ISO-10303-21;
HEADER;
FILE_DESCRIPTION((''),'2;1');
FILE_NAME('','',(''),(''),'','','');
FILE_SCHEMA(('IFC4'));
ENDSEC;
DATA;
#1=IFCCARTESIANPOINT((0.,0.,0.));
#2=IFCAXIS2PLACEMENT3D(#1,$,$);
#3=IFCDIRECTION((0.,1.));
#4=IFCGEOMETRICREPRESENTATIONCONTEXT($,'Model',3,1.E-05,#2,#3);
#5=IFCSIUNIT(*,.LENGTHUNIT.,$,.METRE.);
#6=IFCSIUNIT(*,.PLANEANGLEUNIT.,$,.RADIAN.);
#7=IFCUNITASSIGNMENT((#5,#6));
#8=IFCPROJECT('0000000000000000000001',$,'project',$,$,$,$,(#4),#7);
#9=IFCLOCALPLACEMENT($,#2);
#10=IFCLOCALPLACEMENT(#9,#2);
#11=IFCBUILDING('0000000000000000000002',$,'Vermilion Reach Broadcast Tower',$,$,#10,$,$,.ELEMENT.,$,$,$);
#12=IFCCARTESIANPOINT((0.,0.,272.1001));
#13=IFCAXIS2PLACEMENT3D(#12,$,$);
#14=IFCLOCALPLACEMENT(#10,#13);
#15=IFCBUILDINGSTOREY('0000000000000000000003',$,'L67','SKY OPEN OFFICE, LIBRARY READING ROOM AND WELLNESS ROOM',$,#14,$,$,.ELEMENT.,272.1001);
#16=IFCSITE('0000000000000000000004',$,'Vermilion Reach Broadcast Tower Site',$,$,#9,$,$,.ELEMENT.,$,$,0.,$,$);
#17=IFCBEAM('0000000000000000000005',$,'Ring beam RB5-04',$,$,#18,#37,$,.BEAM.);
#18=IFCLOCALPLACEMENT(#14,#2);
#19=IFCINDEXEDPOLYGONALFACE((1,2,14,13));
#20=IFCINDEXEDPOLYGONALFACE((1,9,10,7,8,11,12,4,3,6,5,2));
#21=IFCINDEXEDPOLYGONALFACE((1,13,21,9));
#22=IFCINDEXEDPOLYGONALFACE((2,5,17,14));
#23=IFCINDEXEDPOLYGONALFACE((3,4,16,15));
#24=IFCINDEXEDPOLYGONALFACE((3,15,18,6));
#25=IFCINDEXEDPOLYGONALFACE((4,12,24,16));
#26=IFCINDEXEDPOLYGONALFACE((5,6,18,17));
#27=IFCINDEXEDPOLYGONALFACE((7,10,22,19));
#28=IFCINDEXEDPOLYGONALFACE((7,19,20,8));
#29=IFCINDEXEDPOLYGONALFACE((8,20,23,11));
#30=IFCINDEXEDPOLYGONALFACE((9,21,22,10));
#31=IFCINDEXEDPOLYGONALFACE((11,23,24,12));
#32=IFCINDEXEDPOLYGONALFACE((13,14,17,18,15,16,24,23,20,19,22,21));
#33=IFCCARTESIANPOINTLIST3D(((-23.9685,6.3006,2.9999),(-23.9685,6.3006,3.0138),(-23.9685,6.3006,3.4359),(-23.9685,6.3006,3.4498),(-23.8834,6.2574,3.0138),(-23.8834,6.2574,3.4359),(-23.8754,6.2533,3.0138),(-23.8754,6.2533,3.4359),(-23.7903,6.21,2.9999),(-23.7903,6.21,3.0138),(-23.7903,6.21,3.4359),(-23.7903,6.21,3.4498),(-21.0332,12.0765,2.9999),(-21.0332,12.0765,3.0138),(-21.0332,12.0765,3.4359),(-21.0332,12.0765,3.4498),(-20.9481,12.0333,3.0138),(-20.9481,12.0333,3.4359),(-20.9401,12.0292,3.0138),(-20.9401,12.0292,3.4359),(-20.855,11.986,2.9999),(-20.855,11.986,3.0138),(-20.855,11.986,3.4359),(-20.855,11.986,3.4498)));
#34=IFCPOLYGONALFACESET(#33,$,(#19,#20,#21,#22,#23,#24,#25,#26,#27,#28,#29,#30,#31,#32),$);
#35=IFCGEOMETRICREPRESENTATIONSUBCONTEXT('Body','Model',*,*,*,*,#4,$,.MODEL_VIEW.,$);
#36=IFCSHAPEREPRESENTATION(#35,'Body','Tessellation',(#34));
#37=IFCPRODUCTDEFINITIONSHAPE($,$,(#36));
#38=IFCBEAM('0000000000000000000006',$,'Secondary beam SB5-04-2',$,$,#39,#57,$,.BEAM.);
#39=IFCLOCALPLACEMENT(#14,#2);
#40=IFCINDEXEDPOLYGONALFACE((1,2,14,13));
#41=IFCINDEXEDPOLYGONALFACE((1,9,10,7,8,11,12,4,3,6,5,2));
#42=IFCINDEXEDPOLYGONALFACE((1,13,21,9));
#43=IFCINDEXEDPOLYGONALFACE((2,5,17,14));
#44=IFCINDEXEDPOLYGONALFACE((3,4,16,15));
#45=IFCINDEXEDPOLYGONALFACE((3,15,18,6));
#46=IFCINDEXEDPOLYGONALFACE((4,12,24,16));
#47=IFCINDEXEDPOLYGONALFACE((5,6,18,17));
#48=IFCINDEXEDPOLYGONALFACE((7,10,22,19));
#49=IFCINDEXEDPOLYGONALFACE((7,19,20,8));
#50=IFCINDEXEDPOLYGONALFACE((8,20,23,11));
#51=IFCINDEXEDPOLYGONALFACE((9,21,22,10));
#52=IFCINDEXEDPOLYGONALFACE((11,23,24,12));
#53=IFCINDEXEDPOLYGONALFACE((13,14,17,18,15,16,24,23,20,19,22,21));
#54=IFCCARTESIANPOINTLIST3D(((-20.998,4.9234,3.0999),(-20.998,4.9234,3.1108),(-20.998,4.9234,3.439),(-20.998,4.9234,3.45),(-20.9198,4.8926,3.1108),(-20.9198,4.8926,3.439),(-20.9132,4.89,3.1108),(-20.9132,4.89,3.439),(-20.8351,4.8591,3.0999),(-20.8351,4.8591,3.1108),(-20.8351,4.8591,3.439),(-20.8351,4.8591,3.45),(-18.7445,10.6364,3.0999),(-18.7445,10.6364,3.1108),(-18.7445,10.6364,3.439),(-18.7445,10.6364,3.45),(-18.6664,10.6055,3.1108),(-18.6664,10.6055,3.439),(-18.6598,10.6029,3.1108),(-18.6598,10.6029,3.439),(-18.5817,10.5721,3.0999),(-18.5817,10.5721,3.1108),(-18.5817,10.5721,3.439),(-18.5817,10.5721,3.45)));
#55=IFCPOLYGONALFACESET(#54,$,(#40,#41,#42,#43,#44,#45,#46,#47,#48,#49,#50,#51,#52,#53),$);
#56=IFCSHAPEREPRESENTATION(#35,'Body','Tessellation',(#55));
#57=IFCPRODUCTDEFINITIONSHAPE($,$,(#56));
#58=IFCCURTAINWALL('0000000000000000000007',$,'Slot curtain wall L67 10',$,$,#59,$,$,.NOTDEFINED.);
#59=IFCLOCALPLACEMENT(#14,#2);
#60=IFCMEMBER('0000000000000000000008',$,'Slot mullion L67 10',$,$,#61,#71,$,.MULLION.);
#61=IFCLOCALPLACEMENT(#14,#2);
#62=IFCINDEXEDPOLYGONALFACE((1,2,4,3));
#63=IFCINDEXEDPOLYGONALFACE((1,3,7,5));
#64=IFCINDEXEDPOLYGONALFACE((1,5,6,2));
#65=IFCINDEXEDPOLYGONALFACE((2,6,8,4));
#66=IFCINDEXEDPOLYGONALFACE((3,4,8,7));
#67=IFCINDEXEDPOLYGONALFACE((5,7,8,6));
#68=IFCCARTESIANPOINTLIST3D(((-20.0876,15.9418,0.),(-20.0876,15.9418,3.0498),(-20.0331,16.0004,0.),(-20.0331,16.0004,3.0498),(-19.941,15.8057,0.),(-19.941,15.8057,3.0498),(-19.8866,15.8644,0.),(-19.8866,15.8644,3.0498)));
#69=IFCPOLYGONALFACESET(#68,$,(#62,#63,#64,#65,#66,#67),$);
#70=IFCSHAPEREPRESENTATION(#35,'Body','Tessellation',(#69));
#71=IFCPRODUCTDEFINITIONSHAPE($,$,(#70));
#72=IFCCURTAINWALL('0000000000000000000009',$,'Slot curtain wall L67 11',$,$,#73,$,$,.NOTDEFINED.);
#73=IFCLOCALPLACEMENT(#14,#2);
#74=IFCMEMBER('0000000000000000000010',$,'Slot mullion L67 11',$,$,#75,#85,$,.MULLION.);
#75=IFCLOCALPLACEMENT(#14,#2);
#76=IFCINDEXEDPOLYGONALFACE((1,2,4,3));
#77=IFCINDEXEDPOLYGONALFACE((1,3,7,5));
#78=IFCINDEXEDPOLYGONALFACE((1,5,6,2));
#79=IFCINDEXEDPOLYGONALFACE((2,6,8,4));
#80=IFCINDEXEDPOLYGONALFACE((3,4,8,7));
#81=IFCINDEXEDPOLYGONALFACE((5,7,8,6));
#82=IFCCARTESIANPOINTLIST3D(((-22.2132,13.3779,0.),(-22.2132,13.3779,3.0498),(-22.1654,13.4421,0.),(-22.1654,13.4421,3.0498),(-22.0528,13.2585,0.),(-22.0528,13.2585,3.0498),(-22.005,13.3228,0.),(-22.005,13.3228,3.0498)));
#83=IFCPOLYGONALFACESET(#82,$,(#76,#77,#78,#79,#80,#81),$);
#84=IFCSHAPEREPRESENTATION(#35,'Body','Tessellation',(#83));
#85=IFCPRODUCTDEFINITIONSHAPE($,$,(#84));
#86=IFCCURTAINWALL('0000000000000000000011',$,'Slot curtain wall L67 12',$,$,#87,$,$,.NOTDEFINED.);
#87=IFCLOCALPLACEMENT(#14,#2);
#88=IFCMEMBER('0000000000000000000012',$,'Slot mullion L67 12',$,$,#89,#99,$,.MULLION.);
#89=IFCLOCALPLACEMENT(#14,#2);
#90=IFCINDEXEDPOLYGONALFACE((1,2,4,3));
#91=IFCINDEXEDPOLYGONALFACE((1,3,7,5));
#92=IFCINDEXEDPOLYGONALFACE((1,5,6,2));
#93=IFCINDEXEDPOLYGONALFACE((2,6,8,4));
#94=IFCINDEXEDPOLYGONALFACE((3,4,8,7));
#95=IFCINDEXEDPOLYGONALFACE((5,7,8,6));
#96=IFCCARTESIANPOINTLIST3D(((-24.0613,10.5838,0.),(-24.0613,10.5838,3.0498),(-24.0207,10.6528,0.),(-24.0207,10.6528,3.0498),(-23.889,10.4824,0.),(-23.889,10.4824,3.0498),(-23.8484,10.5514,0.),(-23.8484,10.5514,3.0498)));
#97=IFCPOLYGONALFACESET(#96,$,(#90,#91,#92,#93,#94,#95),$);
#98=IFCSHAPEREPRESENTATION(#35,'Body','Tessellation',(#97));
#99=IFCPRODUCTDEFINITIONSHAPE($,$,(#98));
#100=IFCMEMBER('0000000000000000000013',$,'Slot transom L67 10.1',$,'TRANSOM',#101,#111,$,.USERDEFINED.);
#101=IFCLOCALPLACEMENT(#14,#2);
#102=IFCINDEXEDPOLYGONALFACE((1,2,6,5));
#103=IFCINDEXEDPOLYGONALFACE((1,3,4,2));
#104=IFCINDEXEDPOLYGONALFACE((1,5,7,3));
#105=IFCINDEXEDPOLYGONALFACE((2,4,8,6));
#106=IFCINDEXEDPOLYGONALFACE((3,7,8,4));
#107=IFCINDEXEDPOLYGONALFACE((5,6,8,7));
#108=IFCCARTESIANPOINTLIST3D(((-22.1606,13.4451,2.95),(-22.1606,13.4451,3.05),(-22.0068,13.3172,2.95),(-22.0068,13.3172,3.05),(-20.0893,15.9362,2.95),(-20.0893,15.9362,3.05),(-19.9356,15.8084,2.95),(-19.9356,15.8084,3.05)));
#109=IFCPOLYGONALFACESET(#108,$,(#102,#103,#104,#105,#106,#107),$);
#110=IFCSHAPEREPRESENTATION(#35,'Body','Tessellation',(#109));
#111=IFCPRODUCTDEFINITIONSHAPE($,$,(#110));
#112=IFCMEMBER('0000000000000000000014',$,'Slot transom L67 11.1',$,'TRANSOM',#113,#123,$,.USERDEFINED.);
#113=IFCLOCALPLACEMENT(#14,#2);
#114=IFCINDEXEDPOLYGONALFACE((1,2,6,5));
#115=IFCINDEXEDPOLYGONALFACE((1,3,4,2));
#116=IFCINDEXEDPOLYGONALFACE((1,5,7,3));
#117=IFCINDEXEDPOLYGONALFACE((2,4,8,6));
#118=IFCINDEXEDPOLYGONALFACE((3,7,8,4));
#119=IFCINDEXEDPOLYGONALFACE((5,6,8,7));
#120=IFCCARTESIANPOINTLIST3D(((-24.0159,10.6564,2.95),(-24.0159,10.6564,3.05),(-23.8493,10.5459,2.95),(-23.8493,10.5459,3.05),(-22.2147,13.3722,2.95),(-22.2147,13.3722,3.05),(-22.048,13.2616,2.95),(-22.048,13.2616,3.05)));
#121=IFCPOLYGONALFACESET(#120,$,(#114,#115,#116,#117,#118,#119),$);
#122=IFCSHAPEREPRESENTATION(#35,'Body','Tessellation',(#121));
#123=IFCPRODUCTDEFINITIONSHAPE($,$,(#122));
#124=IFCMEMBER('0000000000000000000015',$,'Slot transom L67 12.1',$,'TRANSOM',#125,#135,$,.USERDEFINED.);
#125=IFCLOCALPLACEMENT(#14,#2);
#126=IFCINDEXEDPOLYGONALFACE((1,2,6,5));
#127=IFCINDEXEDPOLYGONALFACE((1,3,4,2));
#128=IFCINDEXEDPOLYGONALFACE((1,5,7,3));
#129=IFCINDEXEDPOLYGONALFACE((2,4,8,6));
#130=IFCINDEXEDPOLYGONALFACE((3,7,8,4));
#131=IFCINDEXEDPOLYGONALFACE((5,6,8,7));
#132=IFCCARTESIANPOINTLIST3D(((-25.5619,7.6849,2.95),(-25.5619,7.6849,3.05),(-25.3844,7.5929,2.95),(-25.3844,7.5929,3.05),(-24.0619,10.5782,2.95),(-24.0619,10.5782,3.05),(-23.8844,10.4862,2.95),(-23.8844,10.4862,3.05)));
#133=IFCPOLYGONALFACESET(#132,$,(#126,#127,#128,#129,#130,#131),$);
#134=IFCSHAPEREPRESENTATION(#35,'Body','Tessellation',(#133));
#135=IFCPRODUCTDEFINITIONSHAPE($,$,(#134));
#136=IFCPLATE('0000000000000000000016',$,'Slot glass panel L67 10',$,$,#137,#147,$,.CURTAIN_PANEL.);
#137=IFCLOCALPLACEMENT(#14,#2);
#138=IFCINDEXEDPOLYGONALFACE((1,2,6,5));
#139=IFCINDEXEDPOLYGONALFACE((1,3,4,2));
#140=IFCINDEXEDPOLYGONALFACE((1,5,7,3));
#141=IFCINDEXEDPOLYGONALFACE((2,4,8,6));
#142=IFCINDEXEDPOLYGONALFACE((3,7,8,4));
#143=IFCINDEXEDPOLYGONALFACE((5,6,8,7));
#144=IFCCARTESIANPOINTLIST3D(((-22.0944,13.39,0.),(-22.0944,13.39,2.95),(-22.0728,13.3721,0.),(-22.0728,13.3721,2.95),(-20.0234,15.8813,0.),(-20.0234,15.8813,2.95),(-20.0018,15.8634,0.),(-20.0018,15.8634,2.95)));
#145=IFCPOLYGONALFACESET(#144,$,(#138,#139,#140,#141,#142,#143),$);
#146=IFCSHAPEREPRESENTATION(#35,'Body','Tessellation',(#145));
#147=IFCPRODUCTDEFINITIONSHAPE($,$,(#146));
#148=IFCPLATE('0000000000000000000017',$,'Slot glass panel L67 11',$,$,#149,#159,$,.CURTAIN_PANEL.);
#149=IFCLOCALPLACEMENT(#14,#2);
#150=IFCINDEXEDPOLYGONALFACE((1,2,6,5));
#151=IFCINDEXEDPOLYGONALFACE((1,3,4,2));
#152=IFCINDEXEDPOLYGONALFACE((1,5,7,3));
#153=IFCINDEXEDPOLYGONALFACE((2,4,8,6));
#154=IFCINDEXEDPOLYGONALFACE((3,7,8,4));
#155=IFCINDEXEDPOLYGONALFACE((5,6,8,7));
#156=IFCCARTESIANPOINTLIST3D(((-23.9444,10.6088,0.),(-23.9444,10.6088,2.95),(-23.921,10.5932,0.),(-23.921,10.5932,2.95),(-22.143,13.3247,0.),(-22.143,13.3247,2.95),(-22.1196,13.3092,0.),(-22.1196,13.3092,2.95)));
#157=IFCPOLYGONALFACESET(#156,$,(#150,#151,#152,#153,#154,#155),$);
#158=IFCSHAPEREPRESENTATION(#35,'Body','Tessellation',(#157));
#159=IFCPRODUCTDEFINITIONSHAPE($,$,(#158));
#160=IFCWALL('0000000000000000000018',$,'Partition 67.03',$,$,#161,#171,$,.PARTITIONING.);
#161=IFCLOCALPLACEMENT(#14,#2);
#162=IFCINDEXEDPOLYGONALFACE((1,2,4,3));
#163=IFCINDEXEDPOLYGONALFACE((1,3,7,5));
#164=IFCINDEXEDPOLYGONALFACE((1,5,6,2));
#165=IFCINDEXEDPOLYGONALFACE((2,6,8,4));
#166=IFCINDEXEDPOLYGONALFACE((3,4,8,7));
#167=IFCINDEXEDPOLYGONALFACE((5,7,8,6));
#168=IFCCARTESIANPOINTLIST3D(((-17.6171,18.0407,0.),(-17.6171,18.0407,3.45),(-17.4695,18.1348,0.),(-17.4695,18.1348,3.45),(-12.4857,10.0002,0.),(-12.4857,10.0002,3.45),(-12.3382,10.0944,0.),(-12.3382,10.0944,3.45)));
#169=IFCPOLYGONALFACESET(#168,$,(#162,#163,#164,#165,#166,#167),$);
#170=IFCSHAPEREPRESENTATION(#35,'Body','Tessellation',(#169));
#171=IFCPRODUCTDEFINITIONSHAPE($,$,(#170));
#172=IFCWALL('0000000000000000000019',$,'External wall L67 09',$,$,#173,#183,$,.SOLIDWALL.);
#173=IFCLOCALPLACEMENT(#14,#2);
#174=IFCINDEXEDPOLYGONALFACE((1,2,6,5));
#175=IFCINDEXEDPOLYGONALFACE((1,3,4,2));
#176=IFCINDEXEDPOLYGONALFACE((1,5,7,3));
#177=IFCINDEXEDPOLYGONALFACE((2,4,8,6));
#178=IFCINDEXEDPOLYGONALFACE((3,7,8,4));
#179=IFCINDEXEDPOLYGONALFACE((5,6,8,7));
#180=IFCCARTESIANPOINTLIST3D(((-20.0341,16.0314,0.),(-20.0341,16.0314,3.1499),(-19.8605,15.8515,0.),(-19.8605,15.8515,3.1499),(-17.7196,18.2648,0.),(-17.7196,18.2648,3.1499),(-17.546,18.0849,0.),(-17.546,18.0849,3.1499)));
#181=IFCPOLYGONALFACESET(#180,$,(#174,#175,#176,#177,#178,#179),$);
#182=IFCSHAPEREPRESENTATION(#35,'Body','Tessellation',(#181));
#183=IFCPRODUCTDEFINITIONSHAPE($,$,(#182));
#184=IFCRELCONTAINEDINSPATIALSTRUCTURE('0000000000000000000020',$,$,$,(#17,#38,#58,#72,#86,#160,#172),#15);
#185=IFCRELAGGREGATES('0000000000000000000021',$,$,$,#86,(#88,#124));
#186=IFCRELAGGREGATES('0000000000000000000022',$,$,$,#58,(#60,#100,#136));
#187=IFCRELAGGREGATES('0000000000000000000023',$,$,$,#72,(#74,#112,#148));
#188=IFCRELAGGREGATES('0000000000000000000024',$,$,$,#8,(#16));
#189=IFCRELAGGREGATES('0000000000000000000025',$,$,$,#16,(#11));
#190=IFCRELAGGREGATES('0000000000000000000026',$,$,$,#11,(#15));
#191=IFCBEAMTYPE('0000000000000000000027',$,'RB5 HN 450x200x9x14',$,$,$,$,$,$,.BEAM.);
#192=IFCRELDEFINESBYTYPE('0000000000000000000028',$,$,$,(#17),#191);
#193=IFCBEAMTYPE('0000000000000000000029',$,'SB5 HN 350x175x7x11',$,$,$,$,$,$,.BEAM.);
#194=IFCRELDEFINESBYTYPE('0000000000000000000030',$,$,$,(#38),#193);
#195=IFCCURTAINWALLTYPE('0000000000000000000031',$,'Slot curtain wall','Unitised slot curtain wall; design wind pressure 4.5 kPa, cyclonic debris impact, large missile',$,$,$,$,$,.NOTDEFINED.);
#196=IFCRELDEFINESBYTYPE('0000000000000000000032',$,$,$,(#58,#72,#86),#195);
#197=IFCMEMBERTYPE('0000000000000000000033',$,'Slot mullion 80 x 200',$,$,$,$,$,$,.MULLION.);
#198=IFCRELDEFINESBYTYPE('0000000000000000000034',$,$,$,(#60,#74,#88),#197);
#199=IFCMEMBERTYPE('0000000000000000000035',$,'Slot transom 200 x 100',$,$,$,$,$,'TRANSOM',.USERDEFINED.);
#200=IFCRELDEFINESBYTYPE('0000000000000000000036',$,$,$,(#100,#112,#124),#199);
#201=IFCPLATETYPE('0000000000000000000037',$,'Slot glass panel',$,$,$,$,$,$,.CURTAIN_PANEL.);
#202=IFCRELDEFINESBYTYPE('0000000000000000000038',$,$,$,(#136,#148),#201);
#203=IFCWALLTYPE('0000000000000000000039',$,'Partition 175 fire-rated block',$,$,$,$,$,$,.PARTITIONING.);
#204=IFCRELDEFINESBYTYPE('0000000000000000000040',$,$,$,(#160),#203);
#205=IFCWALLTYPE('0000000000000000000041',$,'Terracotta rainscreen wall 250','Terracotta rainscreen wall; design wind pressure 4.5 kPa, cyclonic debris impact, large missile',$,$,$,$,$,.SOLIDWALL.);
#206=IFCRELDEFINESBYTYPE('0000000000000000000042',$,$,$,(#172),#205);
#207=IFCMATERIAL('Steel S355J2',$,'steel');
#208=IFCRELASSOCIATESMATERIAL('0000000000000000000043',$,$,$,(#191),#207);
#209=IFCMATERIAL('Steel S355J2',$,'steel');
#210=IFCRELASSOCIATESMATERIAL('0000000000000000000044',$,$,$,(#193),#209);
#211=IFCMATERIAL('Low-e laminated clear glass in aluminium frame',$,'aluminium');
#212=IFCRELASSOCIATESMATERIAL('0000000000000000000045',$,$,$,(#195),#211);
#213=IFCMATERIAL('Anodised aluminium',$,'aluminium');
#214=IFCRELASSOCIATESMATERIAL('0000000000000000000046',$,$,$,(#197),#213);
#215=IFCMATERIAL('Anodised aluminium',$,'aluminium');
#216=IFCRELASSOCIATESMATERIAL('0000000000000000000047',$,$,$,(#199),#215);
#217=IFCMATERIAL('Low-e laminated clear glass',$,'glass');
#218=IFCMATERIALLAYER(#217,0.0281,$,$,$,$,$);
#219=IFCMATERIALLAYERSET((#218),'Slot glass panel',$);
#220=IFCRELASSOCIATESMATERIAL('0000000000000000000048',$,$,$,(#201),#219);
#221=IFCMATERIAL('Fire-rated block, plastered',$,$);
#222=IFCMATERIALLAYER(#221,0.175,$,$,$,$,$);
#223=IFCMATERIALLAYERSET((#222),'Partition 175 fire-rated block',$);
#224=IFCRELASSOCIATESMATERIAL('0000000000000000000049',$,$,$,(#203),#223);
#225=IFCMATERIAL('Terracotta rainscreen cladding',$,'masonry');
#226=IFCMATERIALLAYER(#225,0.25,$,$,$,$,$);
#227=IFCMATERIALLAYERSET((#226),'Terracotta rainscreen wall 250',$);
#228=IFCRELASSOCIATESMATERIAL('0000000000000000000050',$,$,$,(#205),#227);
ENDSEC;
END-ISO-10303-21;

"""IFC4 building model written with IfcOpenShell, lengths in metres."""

from ifc_helpers import new_model, si_unit, direction, frame, frame_2d, origin, origin_2d, place, context, subcontext, project, spatial, rectangle, i_section, extrude, material, layer, layer_set, material_profile, profile_set, type_object, element, aggregate, save


model = new_model("IFC4")

# Units and contexts
model_context = context("Model", 3, precision=1e-05, world=origin(), true_north=direction((0.0, 1.0)))
body_context = subcontext(model_context, "Body", "Model", "MODEL_VIEW")
ifc_project = project(units=[si_unit("LENGTHUNIT", "METRE"), si_unit("PLANEANGLEUNIT", "RADIAN")], contexts=[model_context])

# Site, building, storey
site_placement = place(None, origin())
site = spatial("IfcSite", under=ifc_project, at=site_placement, Name="Vermilion Reach Broadcast Tower Site", CompositionType="ELEMENT", RefElevation=0.0)
building_placement = place(site_placement, origin())
building = spatial("IfcBuilding", under=site, at=building_placement, Name="Vermilion Reach Broadcast Tower", CompositionType="ELEMENT")
storey_placement = place(building_placement, frame((0.0, 0.0, 272.1001)))
storey = spatial("IfcBuildingStorey", under=building, at=storey_placement, Name="L67", Description="SKY OPEN OFFICE, LIBRARY READING ROOM AND WELLNESS ROOM", CompositionType="ELEMENT", Elevation=272.1001)

# Beams
ifc_material_1 = material(Name="Steel S355J2", Category="steel")
ifc_material_profile_1 = material_profile(ifc_material_1, i_section(OverallWidth=0.2, OverallDepth=0.45, WebThickness=0.009, FlangeThickness=0.0139, at=origin_2d()), Name="S355J2 HN 450x200x9x14")
ifc_profile_set_1 = profile_set([ifc_material_profile_1], Name="Steel S355J2")
beam_type_1 = type_object("IfcBeamType", Name="RB5 HN 450x200x9x14", PredefinedType="BEAM", material=ifc_profile_set_1)
beam_1_placement = place(storey_placement, frame((-20.9441, 12.0312, 3.2249), z_axis=(-0.453052, -0.891484, 0.0), x_axis=(0.891484, -0.453052, 0.0)))
element("IfcBeam", 1, at=beam_1_placement, inside=storey, type_object=beam_type_1, Name="Ring beam RB5-04", PredefinedType="BEAM", context=body_context, shape_type="SweptSolid", body=[
    extrude(i_section(OverallWidth=0.2, OverallDepth=0.45, WebThickness=0.009, FlangeThickness=0.0139, at=origin_2d()), origin(), (0.0, 0.0, 1.0), 6.479),
])
ifc_material_2 = material(Name="Steel S355J2", Category="steel")
ifc_material_profile_2 = material_profile(ifc_material_2, i_section(OverallWidth=0.175, OverallDepth=0.3501, WebThickness=0.0071, FlangeThickness=0.011, at=origin_2d()), Name="S355J2 HN 350x175x7x11")
ifc_profile_set_2 = profile_set([ifc_material_profile_2], Name="Steel S355J2")
beam_type_2 = type_object("IfcBeamType", Name="SB5 HN 350x175x7x11", PredefinedType="BEAM", material=ifc_profile_set_2)
beam_2_placement = place(storey_placement, frame((-18.6631, 10.6042, 3.2749), z_axis=(-0.366931, -0.930248, 0.0), x_axis=(0.930248, -0.366931, 0.0)))
element("IfcBeam", 2, at=beam_2_placement, inside=storey, type_object=beam_type_2, Name="Secondary beam SB5-04-2", PredefinedType="BEAM", context=body_context, shape_type="SweptSolid", body=[
    extrude(i_section(OverallWidth=0.175, OverallDepth=0.3501, WebThickness=0.0071, FlangeThickness=0.011, at=origin_2d()), origin(), (0.0, 0.0, 1.0), 6.1414),
])

# Curtain walls, members
ifc_material_3 = material(Name="Low-e laminated clear glass in aluminium frame", Category="aluminium")
curtain_wall_type = type_object("IfcCurtainWallType", Name="Slot curtain wall", Description="Unitised slot curtain wall; design wind pressure 4.5 kPa, cyclonic debris impact, large missile", PredefinedType="NOTDEFINED", material=ifc_material_3)
placement = place(storey_placement, origin())
curtain_wall_1 = element("IfcCurtainWall", 3, at=placement, inside=storey, type_object=curtain_wall_type, Name="Slot curtain wall L67 10", PredefinedType="NOTDEFINED")
ifc_material_4 = material(Name="Anodised aluminium", Category="aluminium")
ifc_material_profile_3 = material_profile(ifc_material_4, rectangle(XDim=0.2, YDim=0.0801, at=origin_2d()), Name="Slot mullion 80 x 200")
ifc_profile_set_3 = profile_set([ifc_material_profile_3], Name="Anodised aluminium")
member_type_1 = type_object("IfcMemberType", Name="Slot mullion 80 x 200", PredefinedType="MULLION", material=ifc_profile_set_3)
member_1_placement = place(storey_placement, frame((-19.9871, 15.9031, 0.0), z_axis=(0.0, 0.0, 1.0), x_axis=(0.732769, -0.680478, 0.0)))
member_1 = element("IfcMember", 4, at=member_1_placement, type_object=member_type_1, Name="Slot mullion L67 10", PredefinedType="MULLION", context=body_context, shape_type="SweptSolid", body=[
    extrude(rectangle(XDim=0.2, YDim=0.0801, at=origin_2d()), origin(), (0.0, 0.0, 1.0), 3.0498),
])
curtain_wall_2 = element("IfcCurtainWall", 5, at=placement, inside=storey, type_object=curtain_wall_type, Name="Slot curtain wall L67 11", PredefinedType="NOTDEFINED")
member_2_placement = place(storey_placement, frame((-22.1091, 13.3503, 0.0), z_axis=(0.0, 0.0, 1.0), x_axis=(0.802339, -0.596868, 0.0)))
member_2 = element("IfcMember", 6, at=member_2_placement, type_object=member_type_1, Name="Slot mullion L67 11", PredefinedType="MULLION", context=body_context, shape_type="SweptSolid", body=[
    extrude(rectangle(XDim=0.2, YDim=0.0801, at=origin_2d()), origin(), (0.0, 0.0, 1.0), 3.0498),
])
curtain_wall_3 = element("IfcCurtainWall", 7, at=placement, inside=storey, type_object=curtain_wall_type, Name="Slot curtain wall L67 12", PredefinedType="NOTDEFINED")
member_3_placement = place(storey_placement, frame((-23.9548, 10.5676, 0.0), z_axis=(0.0, 0.0, 1.0), x_axis=(0.861806, -0.507238, 0.0)))
member_3 = element("IfcMember", 8, at=member_3_placement, type_object=member_type_1, Name="Slot mullion L67 12", PredefinedType="MULLION", context=body_context, shape_type="SweptSolid", body=[
    extrude(rectangle(XDim=0.2, YDim=0.0801, at=origin_2d()), origin(), (0.0, 0.0, 1.0), 3.0498),
])

# Members
ifc_material_5 = material(Name="Anodised aluminium", Category="aluminium")
ifc_material_profile_4 = material_profile(ifc_material_5, rectangle(XDim=0.2, YDim=0.1001, at=origin_2d()), Name="Slot transom 200 x 100")
ifc_profile_set_4 = profile_set([ifc_material_profile_4], Name="Anodised aluminium")
member_type_2 = type_object("IfcMemberType", Name="Slot transom 200 x 100", ElementType="TRANSOM", PredefinedType="USERDEFINED", material=ifc_profile_set_4)
member_4_placement = place(storey_placement, frame((-20.0125, 15.8723, 3.0), z_axis=(-0.639324, -0.768937, 0.0), x_axis=(0.768937, -0.639324, 0.0)))
member_4 = element("IfcMember", 9, at=member_4_placement, type_object=member_type_2, Name="Slot transom L67 10.1", ObjectType="TRANSOM", PredefinedType="USERDEFINED", context=body_context, shape_type="SweptSolid", body=[
    extrude(rectangle(XDim=0.2, YDim=0.1001, at=origin_2d()), origin(), (0.0, 0.0, 1.0), 3.2397),
])
member_5_placement = place(storey_placement, frame((-22.1313, 13.3169, 3.0), z_axis=(-0.552728, -0.833362, 0.0), x_axis=(0.833362, -0.552728, 0.0)))
member_5 = element("IfcMember", 10, at=member_5_placement, type_object=member_type_2, Name="Slot transom L67 11.1", ObjectType="TRANSOM", PredefinedType="USERDEFINED", context=body_context, shape_type="SweptSolid", body=[
    extrude(rectangle(XDim=0.2, YDim=0.1001, at=origin_2d()), origin(), (0.0, 0.0, 1.0), 3.2588),
])
member_6_placement = place(storey_placement, frame((-23.9731, 10.5322, 3.0), z_axis=(-0.46026, -0.887784, 0.0), x_axis=(0.887784, -0.46026, 0.0)))
member_6 = element("IfcMember", 11, at=member_6_placement, type_object=member_type_2, Name="Slot transom L67 12.1", ObjectType="TRANSOM", PredefinedType="USERDEFINED", context=body_context, shape_type="SweptSolid", body=[
    extrude(rectangle(XDim=0.2, YDim=0.1001, at=origin_2d()), origin(), (0.0, 0.0, 1.0), 3.259),
])
aggregate(curtain_wall_3, [member_3, member_6])

# Plates
ifc_material_6 = material(Name="Low-e laminated clear glass", Category="glass")
ifc_layer_1 = layer(ifc_material_6, 0.0281)
ifc_layer_set_1 = layer_set([ifc_layer_1], Name="Slot glass panel")
plate_type = type_object("IfcPlateType", Name="Slot glass panel", PredefinedType="CURTAIN_PANEL", material=ifc_layer_set_1)
plate_1_placement = place(storey_placement, frame((-21.0481, 14.6267, 0.0), z_axis=(0.0, 0.0, 1.0), x_axis=(-0.639272, -0.768981, 0.0)))
plate_1 = element("IfcPlate", 12, at=plate_1_placement, type_object=plate_type, Name="Slot glass panel L67 10", PredefinedType="CURTAIN_PANEL", context=body_context, shape_type="SweptSolid", body=[
    extrude(rectangle(XDim=3.2397, YDim=0.0281, at=origin_2d()), origin(), (0.0, 0.0, 1.0), 2.95),
])
aggregate(curtain_wall_1, [member_1, member_4, plate_1])
plate_2_placement = place(storey_placement, frame((-23.032, 11.959, 0.0), z_axis=(0.0, 0.0, 1.0), x_axis=(-0.552727, -0.833362, 0.0)))
plate_2 = element("IfcPlate", 13, at=plate_2_placement, type_object=plate_type, Name="Slot glass panel L67 11", PredefinedType="CURTAIN_PANEL", context=body_context, shape_type="SweptSolid", body=[
    extrude(rectangle(XDim=3.259, YDim=0.0281, at=origin_2d()), origin(), (0.0, 0.0, 1.0), 2.95),
])
aggregate(curtain_wall_2, [member_2, member_5, plate_2])

# Walls
ifc_material_7 = material(Name="Fire-rated block, plastered")
ifc_layer_2 = layer(ifc_material_7, 0.175)
ifc_layer_set_2 = layer_set([ifc_layer_2], Name="Partition 175 fire-rated block")
wall_type_1 = type_object("IfcWallType", Name="Partition 175 fire-rated block", PredefinedType="PARTITIONING", material=ifc_layer_set_2)
wall_1_placement = place(storey_placement, frame((-17.5432, 18.0876, 0.0), z_axis=(0.0, 0.0, 1.0), x_axis=(0.537968, -0.842965, 0.0)))
element("IfcWall", 14, at=wall_1_placement, inside=storey, type_object=wall_type_1, Name="Partition 67.03", PredefinedType="PARTITIONING", context=body_context, shape_type="SweptSolid", body=[
    extrude(rectangle(XDim=9.5383, YDim=0.175, at=frame_2d((4.769, 0.0))), origin(), (0.0, 0.0, 1.0), 3.45),
])
ifc_material_8 = material(Name="Terracotta rainscreen cladding", Category="masonry")
ifc_layer_3 = layer(ifc_material_8, 0.25)
ifc_layer_set_3 = layer_set([ifc_layer_3], Name="Terracotta rainscreen wall 250")
wall_type_2 = type_object("IfcWallType", Name="Terracotta rainscreen wall 250", Description="Terracotta rainscreen wall; design wind pressure 4.5 kPa, cyclonic debris impact, large missile", PredefinedType="SOLIDWALL", material=ifc_layer_set_3)
wall_2_placement = place(storey_placement, frame((-17.6328, 18.1748, 0.0), z_axis=(0.0, 0.0, 1.0), x_axis=(-0.719595, -0.694394, 0.0)))
element("IfcWall", 15, at=wall_2_placement, inside=storey, type_object=wall_type_2, Name="External wall L67 09", PredefinedType="SOLIDWALL", context=body_context, shape_type="SweptSolid", body=[
    extrude(rectangle(XDim=3.2163, YDim=0.25, at=frame_2d((1.6082, 0.0))), origin(), (0.0, 0.0, 1.0), 3.1499),
])

save(model, "model.ifc")
